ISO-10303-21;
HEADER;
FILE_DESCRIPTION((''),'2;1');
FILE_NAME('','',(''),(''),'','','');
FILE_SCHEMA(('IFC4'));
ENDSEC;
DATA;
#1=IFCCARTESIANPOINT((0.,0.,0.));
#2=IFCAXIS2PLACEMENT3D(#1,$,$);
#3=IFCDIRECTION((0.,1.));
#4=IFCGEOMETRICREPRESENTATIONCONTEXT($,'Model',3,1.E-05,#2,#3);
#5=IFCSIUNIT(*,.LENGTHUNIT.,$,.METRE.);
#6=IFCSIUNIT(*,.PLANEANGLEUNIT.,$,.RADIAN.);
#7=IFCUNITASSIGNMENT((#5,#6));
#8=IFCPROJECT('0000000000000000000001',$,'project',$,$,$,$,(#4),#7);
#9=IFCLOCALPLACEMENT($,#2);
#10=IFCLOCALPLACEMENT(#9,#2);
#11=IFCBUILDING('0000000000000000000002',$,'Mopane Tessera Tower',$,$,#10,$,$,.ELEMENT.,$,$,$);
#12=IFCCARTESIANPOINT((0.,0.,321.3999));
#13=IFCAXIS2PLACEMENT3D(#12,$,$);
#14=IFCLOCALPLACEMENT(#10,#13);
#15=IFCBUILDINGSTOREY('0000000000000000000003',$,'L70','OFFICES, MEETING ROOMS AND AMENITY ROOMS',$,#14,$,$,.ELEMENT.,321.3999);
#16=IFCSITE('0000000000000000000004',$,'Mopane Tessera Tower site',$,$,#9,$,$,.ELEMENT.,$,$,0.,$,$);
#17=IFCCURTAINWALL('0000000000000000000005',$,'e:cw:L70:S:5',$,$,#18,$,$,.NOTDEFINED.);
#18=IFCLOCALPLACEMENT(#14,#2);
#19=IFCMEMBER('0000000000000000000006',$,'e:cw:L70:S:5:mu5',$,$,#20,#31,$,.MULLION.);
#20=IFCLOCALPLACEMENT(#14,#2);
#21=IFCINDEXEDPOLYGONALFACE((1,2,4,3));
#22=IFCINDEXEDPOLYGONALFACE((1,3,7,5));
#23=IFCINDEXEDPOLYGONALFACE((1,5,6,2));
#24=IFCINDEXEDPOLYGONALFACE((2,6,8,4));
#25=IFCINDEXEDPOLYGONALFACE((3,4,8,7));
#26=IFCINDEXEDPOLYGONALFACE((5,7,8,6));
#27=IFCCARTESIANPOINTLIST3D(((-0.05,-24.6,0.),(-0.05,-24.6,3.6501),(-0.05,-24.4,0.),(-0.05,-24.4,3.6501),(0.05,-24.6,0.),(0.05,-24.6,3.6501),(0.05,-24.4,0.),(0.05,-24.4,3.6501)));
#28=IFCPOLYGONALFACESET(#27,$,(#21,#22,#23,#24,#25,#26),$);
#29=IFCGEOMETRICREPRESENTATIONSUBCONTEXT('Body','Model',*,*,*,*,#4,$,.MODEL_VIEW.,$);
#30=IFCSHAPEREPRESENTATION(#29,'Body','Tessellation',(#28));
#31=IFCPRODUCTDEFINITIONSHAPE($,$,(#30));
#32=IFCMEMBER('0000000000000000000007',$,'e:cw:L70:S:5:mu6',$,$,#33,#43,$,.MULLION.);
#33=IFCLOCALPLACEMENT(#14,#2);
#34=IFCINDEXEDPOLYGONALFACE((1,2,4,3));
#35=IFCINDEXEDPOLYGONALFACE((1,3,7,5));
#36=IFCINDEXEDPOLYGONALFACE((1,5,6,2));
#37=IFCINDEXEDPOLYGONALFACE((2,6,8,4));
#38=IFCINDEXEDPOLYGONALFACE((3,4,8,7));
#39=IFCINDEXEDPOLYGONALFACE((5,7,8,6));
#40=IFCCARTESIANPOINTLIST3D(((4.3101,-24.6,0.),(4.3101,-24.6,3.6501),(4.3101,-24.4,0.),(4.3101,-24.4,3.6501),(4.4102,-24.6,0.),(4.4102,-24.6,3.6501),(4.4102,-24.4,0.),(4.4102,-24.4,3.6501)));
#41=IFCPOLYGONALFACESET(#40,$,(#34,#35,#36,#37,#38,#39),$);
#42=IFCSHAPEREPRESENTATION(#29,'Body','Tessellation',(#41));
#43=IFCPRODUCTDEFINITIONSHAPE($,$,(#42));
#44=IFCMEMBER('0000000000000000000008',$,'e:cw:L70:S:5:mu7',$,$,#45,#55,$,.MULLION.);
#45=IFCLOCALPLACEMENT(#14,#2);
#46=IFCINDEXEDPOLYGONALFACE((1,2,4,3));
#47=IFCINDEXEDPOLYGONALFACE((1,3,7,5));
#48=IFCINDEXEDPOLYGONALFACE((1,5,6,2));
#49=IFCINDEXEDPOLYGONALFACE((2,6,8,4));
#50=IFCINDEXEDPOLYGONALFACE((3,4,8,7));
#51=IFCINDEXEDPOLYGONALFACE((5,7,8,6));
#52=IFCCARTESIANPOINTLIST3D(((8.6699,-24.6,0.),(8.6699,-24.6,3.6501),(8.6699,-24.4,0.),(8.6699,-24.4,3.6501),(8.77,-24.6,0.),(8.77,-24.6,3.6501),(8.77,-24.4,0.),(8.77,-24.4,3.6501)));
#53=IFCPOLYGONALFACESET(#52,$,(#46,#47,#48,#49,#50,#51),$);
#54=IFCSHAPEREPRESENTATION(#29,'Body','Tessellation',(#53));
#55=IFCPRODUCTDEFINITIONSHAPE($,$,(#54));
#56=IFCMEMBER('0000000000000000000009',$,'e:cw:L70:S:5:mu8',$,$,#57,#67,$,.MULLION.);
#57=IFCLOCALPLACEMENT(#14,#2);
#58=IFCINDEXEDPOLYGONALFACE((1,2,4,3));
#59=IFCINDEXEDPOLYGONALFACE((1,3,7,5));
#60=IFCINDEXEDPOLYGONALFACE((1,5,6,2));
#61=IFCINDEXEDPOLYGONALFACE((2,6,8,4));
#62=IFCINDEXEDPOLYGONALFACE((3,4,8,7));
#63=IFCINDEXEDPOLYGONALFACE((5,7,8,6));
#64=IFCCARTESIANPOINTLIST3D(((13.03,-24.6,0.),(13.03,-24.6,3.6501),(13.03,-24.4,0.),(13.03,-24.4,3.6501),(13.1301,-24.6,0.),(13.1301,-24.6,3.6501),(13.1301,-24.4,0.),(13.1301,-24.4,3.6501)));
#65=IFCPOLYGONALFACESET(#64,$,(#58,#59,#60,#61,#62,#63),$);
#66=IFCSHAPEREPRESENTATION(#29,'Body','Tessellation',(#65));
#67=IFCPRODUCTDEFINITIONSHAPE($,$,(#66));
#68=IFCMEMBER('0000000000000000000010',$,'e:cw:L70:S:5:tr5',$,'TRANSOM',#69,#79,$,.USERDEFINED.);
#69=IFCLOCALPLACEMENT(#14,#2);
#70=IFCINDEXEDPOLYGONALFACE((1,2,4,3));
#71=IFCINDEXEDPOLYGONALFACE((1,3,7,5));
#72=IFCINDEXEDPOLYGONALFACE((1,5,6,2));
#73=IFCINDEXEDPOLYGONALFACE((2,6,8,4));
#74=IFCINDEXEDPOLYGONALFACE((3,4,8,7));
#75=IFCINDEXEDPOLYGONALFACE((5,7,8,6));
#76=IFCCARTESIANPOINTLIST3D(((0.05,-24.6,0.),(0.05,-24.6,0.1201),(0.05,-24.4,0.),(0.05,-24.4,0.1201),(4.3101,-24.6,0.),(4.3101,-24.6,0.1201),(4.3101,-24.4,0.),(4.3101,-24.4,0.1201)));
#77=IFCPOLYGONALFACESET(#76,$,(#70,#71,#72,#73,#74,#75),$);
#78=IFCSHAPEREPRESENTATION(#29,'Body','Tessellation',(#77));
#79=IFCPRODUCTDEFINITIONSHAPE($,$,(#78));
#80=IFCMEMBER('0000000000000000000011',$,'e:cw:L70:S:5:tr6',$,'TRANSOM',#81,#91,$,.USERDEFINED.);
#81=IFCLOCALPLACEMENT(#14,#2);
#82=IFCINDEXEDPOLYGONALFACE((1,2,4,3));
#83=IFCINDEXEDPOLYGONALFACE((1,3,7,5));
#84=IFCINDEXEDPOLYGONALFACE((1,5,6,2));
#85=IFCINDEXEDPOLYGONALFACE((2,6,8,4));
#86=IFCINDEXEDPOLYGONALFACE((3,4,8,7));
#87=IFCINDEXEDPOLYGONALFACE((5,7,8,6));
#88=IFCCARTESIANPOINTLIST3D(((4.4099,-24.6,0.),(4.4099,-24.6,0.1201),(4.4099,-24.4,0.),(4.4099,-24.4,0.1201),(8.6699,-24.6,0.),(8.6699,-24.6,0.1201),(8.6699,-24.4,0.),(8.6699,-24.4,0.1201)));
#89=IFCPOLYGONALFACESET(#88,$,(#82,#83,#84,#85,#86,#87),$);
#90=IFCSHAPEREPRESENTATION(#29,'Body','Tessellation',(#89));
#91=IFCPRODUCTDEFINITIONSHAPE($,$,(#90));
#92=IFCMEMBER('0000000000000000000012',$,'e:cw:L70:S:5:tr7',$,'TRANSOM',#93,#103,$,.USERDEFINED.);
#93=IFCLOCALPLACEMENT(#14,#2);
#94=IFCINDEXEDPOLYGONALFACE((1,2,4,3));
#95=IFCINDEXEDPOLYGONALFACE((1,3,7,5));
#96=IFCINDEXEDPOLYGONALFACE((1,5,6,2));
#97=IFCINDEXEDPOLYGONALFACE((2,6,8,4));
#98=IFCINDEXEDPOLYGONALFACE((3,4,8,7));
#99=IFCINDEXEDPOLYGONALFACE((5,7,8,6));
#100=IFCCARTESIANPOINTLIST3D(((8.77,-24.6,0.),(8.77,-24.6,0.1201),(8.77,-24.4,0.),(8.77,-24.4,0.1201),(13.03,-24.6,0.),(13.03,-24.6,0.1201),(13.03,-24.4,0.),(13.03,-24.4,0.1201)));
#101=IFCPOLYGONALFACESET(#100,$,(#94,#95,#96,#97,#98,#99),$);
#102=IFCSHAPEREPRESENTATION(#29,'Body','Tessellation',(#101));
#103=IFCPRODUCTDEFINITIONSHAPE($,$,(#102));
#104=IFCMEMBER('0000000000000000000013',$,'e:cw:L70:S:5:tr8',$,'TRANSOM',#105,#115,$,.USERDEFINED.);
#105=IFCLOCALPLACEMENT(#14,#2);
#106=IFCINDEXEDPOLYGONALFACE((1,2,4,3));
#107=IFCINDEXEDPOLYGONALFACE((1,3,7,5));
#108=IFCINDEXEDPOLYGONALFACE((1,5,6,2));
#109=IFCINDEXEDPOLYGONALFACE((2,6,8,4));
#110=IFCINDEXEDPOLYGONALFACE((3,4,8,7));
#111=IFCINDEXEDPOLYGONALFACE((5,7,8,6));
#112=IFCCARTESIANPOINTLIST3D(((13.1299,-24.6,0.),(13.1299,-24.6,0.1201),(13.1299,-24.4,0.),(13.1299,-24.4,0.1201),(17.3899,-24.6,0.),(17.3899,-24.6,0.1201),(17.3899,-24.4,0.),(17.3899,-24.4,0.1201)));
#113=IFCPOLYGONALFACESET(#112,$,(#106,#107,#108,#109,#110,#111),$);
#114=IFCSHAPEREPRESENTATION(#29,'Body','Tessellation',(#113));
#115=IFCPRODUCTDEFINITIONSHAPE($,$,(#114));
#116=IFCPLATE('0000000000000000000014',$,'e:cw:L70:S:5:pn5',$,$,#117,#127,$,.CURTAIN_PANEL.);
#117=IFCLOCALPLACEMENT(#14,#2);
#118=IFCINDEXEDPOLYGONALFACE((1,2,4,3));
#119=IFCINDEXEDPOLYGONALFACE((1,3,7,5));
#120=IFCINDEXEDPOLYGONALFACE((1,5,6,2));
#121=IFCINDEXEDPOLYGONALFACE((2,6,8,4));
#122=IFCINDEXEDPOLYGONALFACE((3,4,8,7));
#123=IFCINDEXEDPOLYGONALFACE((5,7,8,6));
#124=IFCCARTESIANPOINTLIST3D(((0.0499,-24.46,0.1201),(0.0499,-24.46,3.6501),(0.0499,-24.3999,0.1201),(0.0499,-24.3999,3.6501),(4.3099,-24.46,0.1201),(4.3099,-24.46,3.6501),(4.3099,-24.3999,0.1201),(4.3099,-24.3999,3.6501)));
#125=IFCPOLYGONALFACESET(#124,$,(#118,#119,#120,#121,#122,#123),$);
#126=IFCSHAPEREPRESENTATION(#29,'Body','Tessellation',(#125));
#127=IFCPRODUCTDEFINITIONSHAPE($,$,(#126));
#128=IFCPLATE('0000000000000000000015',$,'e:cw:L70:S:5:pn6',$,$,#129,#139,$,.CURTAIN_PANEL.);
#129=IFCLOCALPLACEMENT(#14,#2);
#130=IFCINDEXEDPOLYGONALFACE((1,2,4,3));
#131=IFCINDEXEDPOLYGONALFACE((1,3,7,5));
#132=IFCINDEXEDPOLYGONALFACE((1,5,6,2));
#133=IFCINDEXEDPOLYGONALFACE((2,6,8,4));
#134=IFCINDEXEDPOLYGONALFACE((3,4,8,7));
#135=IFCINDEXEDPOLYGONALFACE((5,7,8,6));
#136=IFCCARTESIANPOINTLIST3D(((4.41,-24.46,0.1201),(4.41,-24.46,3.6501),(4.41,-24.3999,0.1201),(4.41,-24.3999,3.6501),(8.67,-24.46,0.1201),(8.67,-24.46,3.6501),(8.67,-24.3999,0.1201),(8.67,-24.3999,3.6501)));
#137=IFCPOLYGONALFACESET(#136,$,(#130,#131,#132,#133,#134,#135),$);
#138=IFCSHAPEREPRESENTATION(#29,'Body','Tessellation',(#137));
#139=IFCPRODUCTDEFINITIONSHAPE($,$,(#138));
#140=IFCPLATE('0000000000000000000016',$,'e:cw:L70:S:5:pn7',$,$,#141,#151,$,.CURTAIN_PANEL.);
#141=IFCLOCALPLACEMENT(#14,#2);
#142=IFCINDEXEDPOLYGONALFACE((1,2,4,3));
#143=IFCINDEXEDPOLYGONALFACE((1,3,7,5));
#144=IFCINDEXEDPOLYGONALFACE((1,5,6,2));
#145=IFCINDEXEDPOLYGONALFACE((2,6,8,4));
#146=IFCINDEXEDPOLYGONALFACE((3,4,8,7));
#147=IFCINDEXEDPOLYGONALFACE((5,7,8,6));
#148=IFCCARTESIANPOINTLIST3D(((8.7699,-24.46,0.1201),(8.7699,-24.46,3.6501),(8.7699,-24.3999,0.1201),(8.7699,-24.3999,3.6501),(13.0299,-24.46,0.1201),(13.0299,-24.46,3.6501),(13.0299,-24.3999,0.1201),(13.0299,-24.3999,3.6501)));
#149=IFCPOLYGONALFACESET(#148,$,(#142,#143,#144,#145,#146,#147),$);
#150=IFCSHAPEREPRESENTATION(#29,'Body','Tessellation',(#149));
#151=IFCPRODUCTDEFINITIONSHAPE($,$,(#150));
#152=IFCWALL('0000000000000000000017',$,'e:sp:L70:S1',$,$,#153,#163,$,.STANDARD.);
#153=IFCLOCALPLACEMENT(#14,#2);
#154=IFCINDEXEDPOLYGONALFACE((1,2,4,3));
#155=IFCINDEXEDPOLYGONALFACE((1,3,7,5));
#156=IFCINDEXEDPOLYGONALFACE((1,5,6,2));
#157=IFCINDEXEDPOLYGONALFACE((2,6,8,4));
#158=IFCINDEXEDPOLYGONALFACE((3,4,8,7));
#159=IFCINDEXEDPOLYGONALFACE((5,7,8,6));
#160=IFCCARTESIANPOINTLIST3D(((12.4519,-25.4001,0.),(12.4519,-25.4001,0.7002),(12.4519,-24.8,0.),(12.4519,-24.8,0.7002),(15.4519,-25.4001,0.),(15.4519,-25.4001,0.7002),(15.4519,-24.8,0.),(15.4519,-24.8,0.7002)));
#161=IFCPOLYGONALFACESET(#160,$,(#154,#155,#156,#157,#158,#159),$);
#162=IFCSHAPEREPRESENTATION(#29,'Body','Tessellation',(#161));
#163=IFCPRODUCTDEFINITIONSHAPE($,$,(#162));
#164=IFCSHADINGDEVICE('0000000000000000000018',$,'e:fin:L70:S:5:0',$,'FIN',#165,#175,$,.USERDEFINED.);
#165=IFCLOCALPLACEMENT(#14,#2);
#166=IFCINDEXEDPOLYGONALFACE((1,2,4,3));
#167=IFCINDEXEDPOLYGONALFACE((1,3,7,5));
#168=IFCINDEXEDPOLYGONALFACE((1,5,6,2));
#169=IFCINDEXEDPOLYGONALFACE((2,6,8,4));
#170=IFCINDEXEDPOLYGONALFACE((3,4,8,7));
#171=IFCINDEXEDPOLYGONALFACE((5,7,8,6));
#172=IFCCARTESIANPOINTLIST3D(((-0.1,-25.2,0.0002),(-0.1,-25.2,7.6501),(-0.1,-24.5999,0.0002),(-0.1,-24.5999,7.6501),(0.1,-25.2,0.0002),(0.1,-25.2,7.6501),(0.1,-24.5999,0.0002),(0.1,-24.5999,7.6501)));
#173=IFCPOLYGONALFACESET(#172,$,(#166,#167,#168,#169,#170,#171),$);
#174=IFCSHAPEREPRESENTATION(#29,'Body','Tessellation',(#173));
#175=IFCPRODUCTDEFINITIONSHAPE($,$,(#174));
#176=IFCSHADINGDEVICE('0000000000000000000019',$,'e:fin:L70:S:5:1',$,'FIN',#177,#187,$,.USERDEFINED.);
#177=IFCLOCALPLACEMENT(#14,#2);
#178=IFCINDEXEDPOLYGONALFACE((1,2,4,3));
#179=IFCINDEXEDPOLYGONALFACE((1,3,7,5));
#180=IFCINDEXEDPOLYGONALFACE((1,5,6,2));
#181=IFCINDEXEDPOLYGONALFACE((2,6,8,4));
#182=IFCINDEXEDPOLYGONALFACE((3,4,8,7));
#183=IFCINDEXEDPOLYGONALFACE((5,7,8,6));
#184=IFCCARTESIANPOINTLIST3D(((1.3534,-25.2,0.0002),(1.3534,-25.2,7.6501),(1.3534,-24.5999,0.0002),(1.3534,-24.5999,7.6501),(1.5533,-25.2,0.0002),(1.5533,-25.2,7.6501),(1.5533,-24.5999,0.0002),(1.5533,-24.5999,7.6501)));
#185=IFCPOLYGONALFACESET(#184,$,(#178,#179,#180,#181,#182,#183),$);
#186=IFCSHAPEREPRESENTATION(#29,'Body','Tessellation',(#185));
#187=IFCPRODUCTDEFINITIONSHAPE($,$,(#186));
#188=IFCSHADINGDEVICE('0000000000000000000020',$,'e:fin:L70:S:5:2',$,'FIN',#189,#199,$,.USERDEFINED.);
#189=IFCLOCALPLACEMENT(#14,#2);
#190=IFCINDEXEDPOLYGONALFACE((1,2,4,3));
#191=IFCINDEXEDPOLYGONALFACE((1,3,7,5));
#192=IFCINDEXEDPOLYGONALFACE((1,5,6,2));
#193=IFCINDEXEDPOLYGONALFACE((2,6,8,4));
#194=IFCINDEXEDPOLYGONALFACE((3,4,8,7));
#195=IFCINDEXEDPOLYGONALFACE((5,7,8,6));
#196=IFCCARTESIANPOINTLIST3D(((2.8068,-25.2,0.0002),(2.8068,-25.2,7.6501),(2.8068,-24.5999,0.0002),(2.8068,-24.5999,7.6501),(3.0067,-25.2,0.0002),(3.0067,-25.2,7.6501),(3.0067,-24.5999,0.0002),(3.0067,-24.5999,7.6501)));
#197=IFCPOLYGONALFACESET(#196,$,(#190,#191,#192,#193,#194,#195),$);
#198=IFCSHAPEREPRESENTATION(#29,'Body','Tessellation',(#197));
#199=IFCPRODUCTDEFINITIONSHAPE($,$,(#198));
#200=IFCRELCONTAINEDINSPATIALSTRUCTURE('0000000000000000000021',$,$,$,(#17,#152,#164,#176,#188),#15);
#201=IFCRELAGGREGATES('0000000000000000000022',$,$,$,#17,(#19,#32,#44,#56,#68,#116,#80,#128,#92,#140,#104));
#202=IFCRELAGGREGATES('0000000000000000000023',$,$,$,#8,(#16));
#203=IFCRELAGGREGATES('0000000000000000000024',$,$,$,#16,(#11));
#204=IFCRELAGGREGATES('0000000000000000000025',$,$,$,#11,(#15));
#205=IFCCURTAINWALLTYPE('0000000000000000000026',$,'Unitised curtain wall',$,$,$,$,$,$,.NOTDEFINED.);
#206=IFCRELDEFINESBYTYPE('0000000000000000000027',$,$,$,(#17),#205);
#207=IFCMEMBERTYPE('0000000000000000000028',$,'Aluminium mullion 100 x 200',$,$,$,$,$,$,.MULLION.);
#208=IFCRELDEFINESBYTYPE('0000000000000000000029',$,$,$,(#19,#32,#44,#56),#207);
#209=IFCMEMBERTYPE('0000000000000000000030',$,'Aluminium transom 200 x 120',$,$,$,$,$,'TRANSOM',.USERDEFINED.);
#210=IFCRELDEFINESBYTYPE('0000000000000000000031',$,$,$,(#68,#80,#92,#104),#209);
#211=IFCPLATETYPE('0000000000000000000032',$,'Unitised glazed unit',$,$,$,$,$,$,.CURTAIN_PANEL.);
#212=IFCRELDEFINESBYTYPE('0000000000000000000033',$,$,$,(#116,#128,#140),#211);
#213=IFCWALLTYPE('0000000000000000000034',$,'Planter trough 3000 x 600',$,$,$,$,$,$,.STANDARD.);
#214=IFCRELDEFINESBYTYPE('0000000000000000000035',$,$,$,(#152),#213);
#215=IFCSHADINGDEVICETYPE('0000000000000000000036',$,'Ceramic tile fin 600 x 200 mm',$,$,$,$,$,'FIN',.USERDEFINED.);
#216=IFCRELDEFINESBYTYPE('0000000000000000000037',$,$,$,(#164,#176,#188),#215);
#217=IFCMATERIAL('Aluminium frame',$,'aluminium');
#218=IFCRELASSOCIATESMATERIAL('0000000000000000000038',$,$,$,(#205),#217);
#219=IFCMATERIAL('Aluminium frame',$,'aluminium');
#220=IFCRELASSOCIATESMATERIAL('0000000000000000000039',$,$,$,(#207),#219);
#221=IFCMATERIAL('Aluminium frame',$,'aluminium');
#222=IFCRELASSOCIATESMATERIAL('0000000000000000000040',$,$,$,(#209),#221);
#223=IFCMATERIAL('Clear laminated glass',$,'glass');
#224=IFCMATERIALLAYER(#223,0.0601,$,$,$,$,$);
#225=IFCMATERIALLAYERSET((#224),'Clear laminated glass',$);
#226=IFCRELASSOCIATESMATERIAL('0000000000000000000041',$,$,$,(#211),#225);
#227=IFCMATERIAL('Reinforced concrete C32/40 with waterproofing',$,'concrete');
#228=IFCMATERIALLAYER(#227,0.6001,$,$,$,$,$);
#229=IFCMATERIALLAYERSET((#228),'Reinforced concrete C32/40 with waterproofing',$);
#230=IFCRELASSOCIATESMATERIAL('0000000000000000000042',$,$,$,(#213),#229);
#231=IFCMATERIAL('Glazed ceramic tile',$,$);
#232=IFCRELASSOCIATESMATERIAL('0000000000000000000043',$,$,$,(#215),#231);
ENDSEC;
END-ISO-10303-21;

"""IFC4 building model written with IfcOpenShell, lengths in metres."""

from ifc_helpers import new_model, si_unit, direction, frame, frame_2d, origin, origin_2d, place, context, subcontext, project, spatial, rectangle, extrude, material, layer, layer_set, material_profile, profile_set, type_object, element, aggregate, save


model = new_model("IFC4")

# Units and contexts
model_context = context("Model", 3, precision=1e-05, world=origin(), true_north=direction((0.0, 1.0)))
body_context = subcontext(model_context, "Body", "Model", "MODEL_VIEW")
ifc_project = project(units=[si_unit("LENGTHUNIT", "METRE"), si_unit("PLANEANGLEUNIT", "RADIAN")], contexts=[model_context])

# Site, building, storey
site_placement = place(None, origin())
site = spatial("IfcSite", under=ifc_project, at=site_placement, Name="Mopane Tessera Tower site", CompositionType="ELEMENT", RefElevation=0.0)
building_placement = place(site_placement, origin())
building = spatial("IfcBuilding", under=site, at=building_placement, Name="Mopane Tessera Tower", CompositionType="ELEMENT")
storey_placement = place(building_placement, frame((0.0, 0.0, 321.3999)))
storey = spatial("IfcBuildingStorey", under=building, at=storey_placement, Name="L70", Description="OFFICES, MEETING ROOMS AND AMENITY ROOMS", CompositionType="ELEMENT", Elevation=321.3999)

# Curtain wall, members, plates
ifc_material_1 = material(Name="Aluminium frame", Category="aluminium")
curtain_wall_type = type_object("IfcCurtainWallType", Name="Unitised curtain wall", PredefinedType="NOTDEFINED", material=ifc_material_1)
curtain_wall_placement = place(storey_placement, origin())
curtain_wall = element("IfcCurtainWall", 1, at=curtain_wall_placement, inside=storey, type_object=curtain_wall_type, Name="e:cw:L70:S:5", PredefinedType="NOTDEFINED")
ifc_material_2 = material(Name="Aluminium frame", Category="aluminium")
ifc_material_profile_1 = material_profile(ifc_material_2, rectangle(XDim=0.1001, YDim=0.2, at=origin_2d()))
ifc_profile_set_1 = profile_set([ifc_material_profile_1], Name="Aluminium frame")
member_type_1 = type_object("IfcMemberType", Name="Aluminium mullion 100 x 200", PredefinedType="MULLION", material=ifc_profile_set_1)
member_1_placement = place(storey_placement, frame((0.0, -24.5, 0.0), z_axis=(0.0, 0.0, 1.0), x_axis=(1.0, 0.0, 0.0)))
member_1 = element("IfcMember", 2, at=member_1_placement, type_object=member_type_1, Name="e:cw:L70:S:5:mu5", PredefinedType="MULLION", context=body_context, shape_type="SweptSolid", body=[
    extrude(rectangle(XDim=0.1001, YDim=0.2, at=origin_2d()), origin(), (0.0, 0.0, 1.0), 3.6501),
])
member_2_placement = place(storey_placement, frame((4.3601, -24.5, 0.0), z_axis=(0.0, 0.0, 1.0), x_axis=(1.0, 0.0, 0.0)))
member_2 = element("IfcMember", 3, at=member_2_placement, type_object=member_type_1, Name="e:cw:L70:S:5:mu6", PredefinedType="MULLION", context=body_context, shape_type="SweptSolid", body=[
    extrude(rectangle(XDim=0.1001, YDim=0.2, at=origin_2d()), origin(), (0.0, 0.0, 1.0), 3.6501),
])
member_3_placement = place(storey_placement, frame((8.72, -24.5, 0.0), z_axis=(0.0, 0.0, 1.0), x_axis=(1.0, 0.0, 0.0)))
member_3 = element("IfcMember", 4, at=member_3_placement, type_object=member_type_1, Name="e:cw:L70:S:5:mu7", PredefinedType="MULLION", context=body_context, shape_type="SweptSolid", body=[
    extrude(rectangle(XDim=0.1001, YDim=0.2, at=origin_2d()), origin(), (0.0, 0.0, 1.0), 3.6501),
])
member_4_placement = place(storey_placement, frame((13.0801, -24.5, 0.0), z_axis=(0.0, 0.0, 1.0), x_axis=(1.0, 0.0, 0.0)))
member_4 = element("IfcMember", 5, at=member_4_placement, type_object=member_type_1, Name="e:cw:L70:S:5:mu8", PredefinedType="MULLION", context=body_context, shape_type="SweptSolid", body=[
    extrude(rectangle(XDim=0.1001, YDim=0.2, at=origin_2d()), origin(), (0.0, 0.0, 1.0), 3.6501),
])
ifc_material_3 = material(Name="Aluminium frame", Category="aluminium")
ifc_material_profile_2 = material_profile(ifc_material_3, rectangle(XDim=0.2, YDim=0.1201, at=origin_2d()))
ifc_profile_set_2 = profile_set([ifc_material_profile_2], Name="Aluminium frame")
member_type_2 = type_object("IfcMemberType", Name="Aluminium transom 200 x 120", ElementType="TRANSOM", PredefinedType="USERDEFINED", material=ifc_profile_set_2)
member_5_placement = place(storey_placement, frame((0.05, -24.5, 0.0601), z_axis=(1.0, 0.0, 0.0), x_axis=(0.0, 1.0, 0.0)))
member_5 = element("IfcMember", 6, at=member_5_placement, type_object=member_type_2, Name="e:cw:L70:S:5:tr5", ObjectType="TRANSOM", PredefinedType="USERDEFINED", context=body_context, shape_type="SweptSolid", body=[
    extrude(rectangle(XDim=0.2, YDim=0.1201, at=origin_2d()), origin(), (0.0, 0.0, 1.0), 4.26),
])
member_6_placement = place(storey_placement, frame((4.4099, -24.5, 0.0601), z_axis=(1.0, 0.0, 0.0), x_axis=(0.0, 1.0, 0.0)))
member_6 = element("IfcMember", 7, at=member_6_placement, type_object=member_type_2, Name="e:cw:L70:S:5:tr6", ObjectType="TRANSOM", PredefinedType="USERDEFINED", context=body_context, shape_type="SweptSolid", body=[
    extrude(rectangle(XDim=0.2, YDim=0.1201, at=origin_2d()), origin(), (0.0, 0.0, 1.0), 4.26),
])
member_7_placement = place(storey_placement, frame((8.77, -24.5, 0.0601), z_axis=(1.0, 0.0, 0.0), x_axis=(0.0, 1.0, 0.0)))
member_7 = element("IfcMember", 8, at=member_7_placement, type_object=member_type_2, Name="e:cw:L70:S:5:tr7", ObjectType="TRANSOM", PredefinedType="USERDEFINED", context=body_context, shape_type="SweptSolid", body=[
    extrude(rectangle(XDim=0.2, YDim=0.1201, at=origin_2d()), origin(), (0.0, 0.0, 1.0), 4.26),
])
member_8_placement = place(storey_placement, frame((13.1299, -24.5, 0.0601), z_axis=(1.0, 0.0, 0.0), x_axis=(0.0, 1.0, 0.0)))
member_8 = element("IfcMember", 9, at=member_8_placement, type_object=member_type_2, Name="e:cw:L70:S:5:tr8", ObjectType="TRANSOM", PredefinedType="USERDEFINED", context=body_context, shape_type="SweptSolid", body=[
    extrude(rectangle(XDim=0.2, YDim=0.1201, at=origin_2d()), origin(), (0.0, 0.0, 1.0), 4.26),
])
ifc_material_4 = material(Name="Clear laminated glass", Category="glass")
ifc_layer_1 = layer(ifc_material_4, 0.0601)
ifc_layer_set_1 = layer_set([ifc_layer_1], Name="Clear laminated glass")
plate_type = type_object("IfcPlateType", Name="Unitised glazed unit", PredefinedType="CURTAIN_PANEL", material=ifc_layer_set_1)
plate_1_placement = place(storey_placement, frame((2.1799, -24.4299, 0.1201), z_axis=(0.0, 0.0, 1.0), x_axis=(1.0, 0.0, 0.0)))
plate_1 = element("IfcPlate", 10, at=plate_1_placement, type_object=plate_type, Name="e:cw:L70:S:5:pn5", PredefinedType="CURTAIN_PANEL", context=body_context, shape_type="SweptSolid", body=[
    extrude(rectangle(XDim=4.26, YDim=0.0601, at=origin_2d()), origin(), (0.0, 0.0, 1.0), 3.53),
])
plate_2_placement = place(storey_placement, frame((6.54, -24.4299, 0.1201), z_axis=(0.0, 0.0, 1.0), x_axis=(1.0, 0.0, 0.0)))
plate_2 = element("IfcPlate", 11, at=plate_2_placement, type_object=plate_type, Name="e:cw:L70:S:5:pn6", PredefinedType="CURTAIN_PANEL", context=body_context, shape_type="SweptSolid", body=[
    extrude(rectangle(XDim=4.26, YDim=0.0601, at=origin_2d()), origin(), (0.0, 0.0, 1.0), 3.53),
])
plate_3_placement = place(storey_placement, frame((10.8999, -24.4299, 0.1201), z_axis=(0.0, 0.0, 1.0), x_axis=(1.0, 0.0, 0.0)))
plate_3 = element("IfcPlate", 12, at=plate_3_placement, type_object=plate_type, Name="e:cw:L70:S:5:pn7", PredefinedType="CURTAIN_PANEL", context=body_context, shape_type="SweptSolid", body=[
    extrude(rectangle(XDim=4.26, YDim=0.0601, at=origin_2d()), origin(), (0.0, 0.0, 1.0), 3.53),
])
aggregate(curtain_wall, [member_1, member_2, member_3, member_4, member_5, plate_1, member_6, plate_2, member_7, plate_3, member_8])

# Wall
ifc_material_5 = material(Name="Reinforced concrete C32/40 with waterproofing", Category="concrete")
ifc_layer_2 = layer(ifc_material_5, 0.6001)
ifc_layer_set_2 = layer_set([ifc_layer_2], Name="Reinforced concrete C32/40 with waterproofing")
wall_type = type_object("IfcWallType", Name="Planter trough 3000 x 600", PredefinedType="STANDARD", material=ifc_layer_set_2)
wall_placement = place(storey_placement, frame((12.4519, -25.1001, 0.0), z_axis=(0.0, 0.0, 1.0), x_axis=(1.0, 0.0, 0.0)))
element("IfcWall", 13, at=wall_placement, inside=storey, type_object=wall_type, Name="e:sp:L70:S1", PredefinedType="STANDARD", context=body_context, shape_type="SweptSolid", body=[
    extrude(rectangle(XDim=3.0, YDim=0.6001, at=frame_2d((1.5, 0.0))), origin(), (0.0, 0.0, 1.0), 0.7002),
])

# Shading devices
ifc_material_6 = material(Name="Glazed ceramic tile")
shading_device_type = type_object("IfcShadingDeviceType", Name="Ceramic tile fin 600 x 200 mm", ElementType="FIN", PredefinedType="USERDEFINED", material=ifc_material_6)
for number, where, z_axis, x_axis, name in (
    (14, (0.0, -24.8999, 0.0002), (0.0, 0.0, 1.0), (1.0, 0.0, 0.0), "e:fin:L70:S:5:0"),
    (15, (1.4534, -24.8999, 0.0002), (0.0, 0.0, 1.0), (1.0, 0.0, 0.0), "e:fin:L70:S:5:1"),
    (16, (2.9067, -24.8999, 0.0002), (0.0, 0.0, 1.0), (1.0, 0.0, 0.0), "e:fin:L70:S:5:2"),
):
    element("IfcShadingDevice", number, at=place(storey_placement, frame(where, z_axis=z_axis, x_axis=x_axis)), inside=storey, type_object=shading_device_type, Name=name, ObjectType="FIN", PredefinedType="USERDEFINED", context=body_context, shape_type="SweptSolid", body=[
        extrude(rectangle(XDim=0.2, YDim=0.6001, at=origin_2d()), origin(), (0.0, 0.0, 1.0), 7.6499),
    ])

save(model, "model.ifc")
